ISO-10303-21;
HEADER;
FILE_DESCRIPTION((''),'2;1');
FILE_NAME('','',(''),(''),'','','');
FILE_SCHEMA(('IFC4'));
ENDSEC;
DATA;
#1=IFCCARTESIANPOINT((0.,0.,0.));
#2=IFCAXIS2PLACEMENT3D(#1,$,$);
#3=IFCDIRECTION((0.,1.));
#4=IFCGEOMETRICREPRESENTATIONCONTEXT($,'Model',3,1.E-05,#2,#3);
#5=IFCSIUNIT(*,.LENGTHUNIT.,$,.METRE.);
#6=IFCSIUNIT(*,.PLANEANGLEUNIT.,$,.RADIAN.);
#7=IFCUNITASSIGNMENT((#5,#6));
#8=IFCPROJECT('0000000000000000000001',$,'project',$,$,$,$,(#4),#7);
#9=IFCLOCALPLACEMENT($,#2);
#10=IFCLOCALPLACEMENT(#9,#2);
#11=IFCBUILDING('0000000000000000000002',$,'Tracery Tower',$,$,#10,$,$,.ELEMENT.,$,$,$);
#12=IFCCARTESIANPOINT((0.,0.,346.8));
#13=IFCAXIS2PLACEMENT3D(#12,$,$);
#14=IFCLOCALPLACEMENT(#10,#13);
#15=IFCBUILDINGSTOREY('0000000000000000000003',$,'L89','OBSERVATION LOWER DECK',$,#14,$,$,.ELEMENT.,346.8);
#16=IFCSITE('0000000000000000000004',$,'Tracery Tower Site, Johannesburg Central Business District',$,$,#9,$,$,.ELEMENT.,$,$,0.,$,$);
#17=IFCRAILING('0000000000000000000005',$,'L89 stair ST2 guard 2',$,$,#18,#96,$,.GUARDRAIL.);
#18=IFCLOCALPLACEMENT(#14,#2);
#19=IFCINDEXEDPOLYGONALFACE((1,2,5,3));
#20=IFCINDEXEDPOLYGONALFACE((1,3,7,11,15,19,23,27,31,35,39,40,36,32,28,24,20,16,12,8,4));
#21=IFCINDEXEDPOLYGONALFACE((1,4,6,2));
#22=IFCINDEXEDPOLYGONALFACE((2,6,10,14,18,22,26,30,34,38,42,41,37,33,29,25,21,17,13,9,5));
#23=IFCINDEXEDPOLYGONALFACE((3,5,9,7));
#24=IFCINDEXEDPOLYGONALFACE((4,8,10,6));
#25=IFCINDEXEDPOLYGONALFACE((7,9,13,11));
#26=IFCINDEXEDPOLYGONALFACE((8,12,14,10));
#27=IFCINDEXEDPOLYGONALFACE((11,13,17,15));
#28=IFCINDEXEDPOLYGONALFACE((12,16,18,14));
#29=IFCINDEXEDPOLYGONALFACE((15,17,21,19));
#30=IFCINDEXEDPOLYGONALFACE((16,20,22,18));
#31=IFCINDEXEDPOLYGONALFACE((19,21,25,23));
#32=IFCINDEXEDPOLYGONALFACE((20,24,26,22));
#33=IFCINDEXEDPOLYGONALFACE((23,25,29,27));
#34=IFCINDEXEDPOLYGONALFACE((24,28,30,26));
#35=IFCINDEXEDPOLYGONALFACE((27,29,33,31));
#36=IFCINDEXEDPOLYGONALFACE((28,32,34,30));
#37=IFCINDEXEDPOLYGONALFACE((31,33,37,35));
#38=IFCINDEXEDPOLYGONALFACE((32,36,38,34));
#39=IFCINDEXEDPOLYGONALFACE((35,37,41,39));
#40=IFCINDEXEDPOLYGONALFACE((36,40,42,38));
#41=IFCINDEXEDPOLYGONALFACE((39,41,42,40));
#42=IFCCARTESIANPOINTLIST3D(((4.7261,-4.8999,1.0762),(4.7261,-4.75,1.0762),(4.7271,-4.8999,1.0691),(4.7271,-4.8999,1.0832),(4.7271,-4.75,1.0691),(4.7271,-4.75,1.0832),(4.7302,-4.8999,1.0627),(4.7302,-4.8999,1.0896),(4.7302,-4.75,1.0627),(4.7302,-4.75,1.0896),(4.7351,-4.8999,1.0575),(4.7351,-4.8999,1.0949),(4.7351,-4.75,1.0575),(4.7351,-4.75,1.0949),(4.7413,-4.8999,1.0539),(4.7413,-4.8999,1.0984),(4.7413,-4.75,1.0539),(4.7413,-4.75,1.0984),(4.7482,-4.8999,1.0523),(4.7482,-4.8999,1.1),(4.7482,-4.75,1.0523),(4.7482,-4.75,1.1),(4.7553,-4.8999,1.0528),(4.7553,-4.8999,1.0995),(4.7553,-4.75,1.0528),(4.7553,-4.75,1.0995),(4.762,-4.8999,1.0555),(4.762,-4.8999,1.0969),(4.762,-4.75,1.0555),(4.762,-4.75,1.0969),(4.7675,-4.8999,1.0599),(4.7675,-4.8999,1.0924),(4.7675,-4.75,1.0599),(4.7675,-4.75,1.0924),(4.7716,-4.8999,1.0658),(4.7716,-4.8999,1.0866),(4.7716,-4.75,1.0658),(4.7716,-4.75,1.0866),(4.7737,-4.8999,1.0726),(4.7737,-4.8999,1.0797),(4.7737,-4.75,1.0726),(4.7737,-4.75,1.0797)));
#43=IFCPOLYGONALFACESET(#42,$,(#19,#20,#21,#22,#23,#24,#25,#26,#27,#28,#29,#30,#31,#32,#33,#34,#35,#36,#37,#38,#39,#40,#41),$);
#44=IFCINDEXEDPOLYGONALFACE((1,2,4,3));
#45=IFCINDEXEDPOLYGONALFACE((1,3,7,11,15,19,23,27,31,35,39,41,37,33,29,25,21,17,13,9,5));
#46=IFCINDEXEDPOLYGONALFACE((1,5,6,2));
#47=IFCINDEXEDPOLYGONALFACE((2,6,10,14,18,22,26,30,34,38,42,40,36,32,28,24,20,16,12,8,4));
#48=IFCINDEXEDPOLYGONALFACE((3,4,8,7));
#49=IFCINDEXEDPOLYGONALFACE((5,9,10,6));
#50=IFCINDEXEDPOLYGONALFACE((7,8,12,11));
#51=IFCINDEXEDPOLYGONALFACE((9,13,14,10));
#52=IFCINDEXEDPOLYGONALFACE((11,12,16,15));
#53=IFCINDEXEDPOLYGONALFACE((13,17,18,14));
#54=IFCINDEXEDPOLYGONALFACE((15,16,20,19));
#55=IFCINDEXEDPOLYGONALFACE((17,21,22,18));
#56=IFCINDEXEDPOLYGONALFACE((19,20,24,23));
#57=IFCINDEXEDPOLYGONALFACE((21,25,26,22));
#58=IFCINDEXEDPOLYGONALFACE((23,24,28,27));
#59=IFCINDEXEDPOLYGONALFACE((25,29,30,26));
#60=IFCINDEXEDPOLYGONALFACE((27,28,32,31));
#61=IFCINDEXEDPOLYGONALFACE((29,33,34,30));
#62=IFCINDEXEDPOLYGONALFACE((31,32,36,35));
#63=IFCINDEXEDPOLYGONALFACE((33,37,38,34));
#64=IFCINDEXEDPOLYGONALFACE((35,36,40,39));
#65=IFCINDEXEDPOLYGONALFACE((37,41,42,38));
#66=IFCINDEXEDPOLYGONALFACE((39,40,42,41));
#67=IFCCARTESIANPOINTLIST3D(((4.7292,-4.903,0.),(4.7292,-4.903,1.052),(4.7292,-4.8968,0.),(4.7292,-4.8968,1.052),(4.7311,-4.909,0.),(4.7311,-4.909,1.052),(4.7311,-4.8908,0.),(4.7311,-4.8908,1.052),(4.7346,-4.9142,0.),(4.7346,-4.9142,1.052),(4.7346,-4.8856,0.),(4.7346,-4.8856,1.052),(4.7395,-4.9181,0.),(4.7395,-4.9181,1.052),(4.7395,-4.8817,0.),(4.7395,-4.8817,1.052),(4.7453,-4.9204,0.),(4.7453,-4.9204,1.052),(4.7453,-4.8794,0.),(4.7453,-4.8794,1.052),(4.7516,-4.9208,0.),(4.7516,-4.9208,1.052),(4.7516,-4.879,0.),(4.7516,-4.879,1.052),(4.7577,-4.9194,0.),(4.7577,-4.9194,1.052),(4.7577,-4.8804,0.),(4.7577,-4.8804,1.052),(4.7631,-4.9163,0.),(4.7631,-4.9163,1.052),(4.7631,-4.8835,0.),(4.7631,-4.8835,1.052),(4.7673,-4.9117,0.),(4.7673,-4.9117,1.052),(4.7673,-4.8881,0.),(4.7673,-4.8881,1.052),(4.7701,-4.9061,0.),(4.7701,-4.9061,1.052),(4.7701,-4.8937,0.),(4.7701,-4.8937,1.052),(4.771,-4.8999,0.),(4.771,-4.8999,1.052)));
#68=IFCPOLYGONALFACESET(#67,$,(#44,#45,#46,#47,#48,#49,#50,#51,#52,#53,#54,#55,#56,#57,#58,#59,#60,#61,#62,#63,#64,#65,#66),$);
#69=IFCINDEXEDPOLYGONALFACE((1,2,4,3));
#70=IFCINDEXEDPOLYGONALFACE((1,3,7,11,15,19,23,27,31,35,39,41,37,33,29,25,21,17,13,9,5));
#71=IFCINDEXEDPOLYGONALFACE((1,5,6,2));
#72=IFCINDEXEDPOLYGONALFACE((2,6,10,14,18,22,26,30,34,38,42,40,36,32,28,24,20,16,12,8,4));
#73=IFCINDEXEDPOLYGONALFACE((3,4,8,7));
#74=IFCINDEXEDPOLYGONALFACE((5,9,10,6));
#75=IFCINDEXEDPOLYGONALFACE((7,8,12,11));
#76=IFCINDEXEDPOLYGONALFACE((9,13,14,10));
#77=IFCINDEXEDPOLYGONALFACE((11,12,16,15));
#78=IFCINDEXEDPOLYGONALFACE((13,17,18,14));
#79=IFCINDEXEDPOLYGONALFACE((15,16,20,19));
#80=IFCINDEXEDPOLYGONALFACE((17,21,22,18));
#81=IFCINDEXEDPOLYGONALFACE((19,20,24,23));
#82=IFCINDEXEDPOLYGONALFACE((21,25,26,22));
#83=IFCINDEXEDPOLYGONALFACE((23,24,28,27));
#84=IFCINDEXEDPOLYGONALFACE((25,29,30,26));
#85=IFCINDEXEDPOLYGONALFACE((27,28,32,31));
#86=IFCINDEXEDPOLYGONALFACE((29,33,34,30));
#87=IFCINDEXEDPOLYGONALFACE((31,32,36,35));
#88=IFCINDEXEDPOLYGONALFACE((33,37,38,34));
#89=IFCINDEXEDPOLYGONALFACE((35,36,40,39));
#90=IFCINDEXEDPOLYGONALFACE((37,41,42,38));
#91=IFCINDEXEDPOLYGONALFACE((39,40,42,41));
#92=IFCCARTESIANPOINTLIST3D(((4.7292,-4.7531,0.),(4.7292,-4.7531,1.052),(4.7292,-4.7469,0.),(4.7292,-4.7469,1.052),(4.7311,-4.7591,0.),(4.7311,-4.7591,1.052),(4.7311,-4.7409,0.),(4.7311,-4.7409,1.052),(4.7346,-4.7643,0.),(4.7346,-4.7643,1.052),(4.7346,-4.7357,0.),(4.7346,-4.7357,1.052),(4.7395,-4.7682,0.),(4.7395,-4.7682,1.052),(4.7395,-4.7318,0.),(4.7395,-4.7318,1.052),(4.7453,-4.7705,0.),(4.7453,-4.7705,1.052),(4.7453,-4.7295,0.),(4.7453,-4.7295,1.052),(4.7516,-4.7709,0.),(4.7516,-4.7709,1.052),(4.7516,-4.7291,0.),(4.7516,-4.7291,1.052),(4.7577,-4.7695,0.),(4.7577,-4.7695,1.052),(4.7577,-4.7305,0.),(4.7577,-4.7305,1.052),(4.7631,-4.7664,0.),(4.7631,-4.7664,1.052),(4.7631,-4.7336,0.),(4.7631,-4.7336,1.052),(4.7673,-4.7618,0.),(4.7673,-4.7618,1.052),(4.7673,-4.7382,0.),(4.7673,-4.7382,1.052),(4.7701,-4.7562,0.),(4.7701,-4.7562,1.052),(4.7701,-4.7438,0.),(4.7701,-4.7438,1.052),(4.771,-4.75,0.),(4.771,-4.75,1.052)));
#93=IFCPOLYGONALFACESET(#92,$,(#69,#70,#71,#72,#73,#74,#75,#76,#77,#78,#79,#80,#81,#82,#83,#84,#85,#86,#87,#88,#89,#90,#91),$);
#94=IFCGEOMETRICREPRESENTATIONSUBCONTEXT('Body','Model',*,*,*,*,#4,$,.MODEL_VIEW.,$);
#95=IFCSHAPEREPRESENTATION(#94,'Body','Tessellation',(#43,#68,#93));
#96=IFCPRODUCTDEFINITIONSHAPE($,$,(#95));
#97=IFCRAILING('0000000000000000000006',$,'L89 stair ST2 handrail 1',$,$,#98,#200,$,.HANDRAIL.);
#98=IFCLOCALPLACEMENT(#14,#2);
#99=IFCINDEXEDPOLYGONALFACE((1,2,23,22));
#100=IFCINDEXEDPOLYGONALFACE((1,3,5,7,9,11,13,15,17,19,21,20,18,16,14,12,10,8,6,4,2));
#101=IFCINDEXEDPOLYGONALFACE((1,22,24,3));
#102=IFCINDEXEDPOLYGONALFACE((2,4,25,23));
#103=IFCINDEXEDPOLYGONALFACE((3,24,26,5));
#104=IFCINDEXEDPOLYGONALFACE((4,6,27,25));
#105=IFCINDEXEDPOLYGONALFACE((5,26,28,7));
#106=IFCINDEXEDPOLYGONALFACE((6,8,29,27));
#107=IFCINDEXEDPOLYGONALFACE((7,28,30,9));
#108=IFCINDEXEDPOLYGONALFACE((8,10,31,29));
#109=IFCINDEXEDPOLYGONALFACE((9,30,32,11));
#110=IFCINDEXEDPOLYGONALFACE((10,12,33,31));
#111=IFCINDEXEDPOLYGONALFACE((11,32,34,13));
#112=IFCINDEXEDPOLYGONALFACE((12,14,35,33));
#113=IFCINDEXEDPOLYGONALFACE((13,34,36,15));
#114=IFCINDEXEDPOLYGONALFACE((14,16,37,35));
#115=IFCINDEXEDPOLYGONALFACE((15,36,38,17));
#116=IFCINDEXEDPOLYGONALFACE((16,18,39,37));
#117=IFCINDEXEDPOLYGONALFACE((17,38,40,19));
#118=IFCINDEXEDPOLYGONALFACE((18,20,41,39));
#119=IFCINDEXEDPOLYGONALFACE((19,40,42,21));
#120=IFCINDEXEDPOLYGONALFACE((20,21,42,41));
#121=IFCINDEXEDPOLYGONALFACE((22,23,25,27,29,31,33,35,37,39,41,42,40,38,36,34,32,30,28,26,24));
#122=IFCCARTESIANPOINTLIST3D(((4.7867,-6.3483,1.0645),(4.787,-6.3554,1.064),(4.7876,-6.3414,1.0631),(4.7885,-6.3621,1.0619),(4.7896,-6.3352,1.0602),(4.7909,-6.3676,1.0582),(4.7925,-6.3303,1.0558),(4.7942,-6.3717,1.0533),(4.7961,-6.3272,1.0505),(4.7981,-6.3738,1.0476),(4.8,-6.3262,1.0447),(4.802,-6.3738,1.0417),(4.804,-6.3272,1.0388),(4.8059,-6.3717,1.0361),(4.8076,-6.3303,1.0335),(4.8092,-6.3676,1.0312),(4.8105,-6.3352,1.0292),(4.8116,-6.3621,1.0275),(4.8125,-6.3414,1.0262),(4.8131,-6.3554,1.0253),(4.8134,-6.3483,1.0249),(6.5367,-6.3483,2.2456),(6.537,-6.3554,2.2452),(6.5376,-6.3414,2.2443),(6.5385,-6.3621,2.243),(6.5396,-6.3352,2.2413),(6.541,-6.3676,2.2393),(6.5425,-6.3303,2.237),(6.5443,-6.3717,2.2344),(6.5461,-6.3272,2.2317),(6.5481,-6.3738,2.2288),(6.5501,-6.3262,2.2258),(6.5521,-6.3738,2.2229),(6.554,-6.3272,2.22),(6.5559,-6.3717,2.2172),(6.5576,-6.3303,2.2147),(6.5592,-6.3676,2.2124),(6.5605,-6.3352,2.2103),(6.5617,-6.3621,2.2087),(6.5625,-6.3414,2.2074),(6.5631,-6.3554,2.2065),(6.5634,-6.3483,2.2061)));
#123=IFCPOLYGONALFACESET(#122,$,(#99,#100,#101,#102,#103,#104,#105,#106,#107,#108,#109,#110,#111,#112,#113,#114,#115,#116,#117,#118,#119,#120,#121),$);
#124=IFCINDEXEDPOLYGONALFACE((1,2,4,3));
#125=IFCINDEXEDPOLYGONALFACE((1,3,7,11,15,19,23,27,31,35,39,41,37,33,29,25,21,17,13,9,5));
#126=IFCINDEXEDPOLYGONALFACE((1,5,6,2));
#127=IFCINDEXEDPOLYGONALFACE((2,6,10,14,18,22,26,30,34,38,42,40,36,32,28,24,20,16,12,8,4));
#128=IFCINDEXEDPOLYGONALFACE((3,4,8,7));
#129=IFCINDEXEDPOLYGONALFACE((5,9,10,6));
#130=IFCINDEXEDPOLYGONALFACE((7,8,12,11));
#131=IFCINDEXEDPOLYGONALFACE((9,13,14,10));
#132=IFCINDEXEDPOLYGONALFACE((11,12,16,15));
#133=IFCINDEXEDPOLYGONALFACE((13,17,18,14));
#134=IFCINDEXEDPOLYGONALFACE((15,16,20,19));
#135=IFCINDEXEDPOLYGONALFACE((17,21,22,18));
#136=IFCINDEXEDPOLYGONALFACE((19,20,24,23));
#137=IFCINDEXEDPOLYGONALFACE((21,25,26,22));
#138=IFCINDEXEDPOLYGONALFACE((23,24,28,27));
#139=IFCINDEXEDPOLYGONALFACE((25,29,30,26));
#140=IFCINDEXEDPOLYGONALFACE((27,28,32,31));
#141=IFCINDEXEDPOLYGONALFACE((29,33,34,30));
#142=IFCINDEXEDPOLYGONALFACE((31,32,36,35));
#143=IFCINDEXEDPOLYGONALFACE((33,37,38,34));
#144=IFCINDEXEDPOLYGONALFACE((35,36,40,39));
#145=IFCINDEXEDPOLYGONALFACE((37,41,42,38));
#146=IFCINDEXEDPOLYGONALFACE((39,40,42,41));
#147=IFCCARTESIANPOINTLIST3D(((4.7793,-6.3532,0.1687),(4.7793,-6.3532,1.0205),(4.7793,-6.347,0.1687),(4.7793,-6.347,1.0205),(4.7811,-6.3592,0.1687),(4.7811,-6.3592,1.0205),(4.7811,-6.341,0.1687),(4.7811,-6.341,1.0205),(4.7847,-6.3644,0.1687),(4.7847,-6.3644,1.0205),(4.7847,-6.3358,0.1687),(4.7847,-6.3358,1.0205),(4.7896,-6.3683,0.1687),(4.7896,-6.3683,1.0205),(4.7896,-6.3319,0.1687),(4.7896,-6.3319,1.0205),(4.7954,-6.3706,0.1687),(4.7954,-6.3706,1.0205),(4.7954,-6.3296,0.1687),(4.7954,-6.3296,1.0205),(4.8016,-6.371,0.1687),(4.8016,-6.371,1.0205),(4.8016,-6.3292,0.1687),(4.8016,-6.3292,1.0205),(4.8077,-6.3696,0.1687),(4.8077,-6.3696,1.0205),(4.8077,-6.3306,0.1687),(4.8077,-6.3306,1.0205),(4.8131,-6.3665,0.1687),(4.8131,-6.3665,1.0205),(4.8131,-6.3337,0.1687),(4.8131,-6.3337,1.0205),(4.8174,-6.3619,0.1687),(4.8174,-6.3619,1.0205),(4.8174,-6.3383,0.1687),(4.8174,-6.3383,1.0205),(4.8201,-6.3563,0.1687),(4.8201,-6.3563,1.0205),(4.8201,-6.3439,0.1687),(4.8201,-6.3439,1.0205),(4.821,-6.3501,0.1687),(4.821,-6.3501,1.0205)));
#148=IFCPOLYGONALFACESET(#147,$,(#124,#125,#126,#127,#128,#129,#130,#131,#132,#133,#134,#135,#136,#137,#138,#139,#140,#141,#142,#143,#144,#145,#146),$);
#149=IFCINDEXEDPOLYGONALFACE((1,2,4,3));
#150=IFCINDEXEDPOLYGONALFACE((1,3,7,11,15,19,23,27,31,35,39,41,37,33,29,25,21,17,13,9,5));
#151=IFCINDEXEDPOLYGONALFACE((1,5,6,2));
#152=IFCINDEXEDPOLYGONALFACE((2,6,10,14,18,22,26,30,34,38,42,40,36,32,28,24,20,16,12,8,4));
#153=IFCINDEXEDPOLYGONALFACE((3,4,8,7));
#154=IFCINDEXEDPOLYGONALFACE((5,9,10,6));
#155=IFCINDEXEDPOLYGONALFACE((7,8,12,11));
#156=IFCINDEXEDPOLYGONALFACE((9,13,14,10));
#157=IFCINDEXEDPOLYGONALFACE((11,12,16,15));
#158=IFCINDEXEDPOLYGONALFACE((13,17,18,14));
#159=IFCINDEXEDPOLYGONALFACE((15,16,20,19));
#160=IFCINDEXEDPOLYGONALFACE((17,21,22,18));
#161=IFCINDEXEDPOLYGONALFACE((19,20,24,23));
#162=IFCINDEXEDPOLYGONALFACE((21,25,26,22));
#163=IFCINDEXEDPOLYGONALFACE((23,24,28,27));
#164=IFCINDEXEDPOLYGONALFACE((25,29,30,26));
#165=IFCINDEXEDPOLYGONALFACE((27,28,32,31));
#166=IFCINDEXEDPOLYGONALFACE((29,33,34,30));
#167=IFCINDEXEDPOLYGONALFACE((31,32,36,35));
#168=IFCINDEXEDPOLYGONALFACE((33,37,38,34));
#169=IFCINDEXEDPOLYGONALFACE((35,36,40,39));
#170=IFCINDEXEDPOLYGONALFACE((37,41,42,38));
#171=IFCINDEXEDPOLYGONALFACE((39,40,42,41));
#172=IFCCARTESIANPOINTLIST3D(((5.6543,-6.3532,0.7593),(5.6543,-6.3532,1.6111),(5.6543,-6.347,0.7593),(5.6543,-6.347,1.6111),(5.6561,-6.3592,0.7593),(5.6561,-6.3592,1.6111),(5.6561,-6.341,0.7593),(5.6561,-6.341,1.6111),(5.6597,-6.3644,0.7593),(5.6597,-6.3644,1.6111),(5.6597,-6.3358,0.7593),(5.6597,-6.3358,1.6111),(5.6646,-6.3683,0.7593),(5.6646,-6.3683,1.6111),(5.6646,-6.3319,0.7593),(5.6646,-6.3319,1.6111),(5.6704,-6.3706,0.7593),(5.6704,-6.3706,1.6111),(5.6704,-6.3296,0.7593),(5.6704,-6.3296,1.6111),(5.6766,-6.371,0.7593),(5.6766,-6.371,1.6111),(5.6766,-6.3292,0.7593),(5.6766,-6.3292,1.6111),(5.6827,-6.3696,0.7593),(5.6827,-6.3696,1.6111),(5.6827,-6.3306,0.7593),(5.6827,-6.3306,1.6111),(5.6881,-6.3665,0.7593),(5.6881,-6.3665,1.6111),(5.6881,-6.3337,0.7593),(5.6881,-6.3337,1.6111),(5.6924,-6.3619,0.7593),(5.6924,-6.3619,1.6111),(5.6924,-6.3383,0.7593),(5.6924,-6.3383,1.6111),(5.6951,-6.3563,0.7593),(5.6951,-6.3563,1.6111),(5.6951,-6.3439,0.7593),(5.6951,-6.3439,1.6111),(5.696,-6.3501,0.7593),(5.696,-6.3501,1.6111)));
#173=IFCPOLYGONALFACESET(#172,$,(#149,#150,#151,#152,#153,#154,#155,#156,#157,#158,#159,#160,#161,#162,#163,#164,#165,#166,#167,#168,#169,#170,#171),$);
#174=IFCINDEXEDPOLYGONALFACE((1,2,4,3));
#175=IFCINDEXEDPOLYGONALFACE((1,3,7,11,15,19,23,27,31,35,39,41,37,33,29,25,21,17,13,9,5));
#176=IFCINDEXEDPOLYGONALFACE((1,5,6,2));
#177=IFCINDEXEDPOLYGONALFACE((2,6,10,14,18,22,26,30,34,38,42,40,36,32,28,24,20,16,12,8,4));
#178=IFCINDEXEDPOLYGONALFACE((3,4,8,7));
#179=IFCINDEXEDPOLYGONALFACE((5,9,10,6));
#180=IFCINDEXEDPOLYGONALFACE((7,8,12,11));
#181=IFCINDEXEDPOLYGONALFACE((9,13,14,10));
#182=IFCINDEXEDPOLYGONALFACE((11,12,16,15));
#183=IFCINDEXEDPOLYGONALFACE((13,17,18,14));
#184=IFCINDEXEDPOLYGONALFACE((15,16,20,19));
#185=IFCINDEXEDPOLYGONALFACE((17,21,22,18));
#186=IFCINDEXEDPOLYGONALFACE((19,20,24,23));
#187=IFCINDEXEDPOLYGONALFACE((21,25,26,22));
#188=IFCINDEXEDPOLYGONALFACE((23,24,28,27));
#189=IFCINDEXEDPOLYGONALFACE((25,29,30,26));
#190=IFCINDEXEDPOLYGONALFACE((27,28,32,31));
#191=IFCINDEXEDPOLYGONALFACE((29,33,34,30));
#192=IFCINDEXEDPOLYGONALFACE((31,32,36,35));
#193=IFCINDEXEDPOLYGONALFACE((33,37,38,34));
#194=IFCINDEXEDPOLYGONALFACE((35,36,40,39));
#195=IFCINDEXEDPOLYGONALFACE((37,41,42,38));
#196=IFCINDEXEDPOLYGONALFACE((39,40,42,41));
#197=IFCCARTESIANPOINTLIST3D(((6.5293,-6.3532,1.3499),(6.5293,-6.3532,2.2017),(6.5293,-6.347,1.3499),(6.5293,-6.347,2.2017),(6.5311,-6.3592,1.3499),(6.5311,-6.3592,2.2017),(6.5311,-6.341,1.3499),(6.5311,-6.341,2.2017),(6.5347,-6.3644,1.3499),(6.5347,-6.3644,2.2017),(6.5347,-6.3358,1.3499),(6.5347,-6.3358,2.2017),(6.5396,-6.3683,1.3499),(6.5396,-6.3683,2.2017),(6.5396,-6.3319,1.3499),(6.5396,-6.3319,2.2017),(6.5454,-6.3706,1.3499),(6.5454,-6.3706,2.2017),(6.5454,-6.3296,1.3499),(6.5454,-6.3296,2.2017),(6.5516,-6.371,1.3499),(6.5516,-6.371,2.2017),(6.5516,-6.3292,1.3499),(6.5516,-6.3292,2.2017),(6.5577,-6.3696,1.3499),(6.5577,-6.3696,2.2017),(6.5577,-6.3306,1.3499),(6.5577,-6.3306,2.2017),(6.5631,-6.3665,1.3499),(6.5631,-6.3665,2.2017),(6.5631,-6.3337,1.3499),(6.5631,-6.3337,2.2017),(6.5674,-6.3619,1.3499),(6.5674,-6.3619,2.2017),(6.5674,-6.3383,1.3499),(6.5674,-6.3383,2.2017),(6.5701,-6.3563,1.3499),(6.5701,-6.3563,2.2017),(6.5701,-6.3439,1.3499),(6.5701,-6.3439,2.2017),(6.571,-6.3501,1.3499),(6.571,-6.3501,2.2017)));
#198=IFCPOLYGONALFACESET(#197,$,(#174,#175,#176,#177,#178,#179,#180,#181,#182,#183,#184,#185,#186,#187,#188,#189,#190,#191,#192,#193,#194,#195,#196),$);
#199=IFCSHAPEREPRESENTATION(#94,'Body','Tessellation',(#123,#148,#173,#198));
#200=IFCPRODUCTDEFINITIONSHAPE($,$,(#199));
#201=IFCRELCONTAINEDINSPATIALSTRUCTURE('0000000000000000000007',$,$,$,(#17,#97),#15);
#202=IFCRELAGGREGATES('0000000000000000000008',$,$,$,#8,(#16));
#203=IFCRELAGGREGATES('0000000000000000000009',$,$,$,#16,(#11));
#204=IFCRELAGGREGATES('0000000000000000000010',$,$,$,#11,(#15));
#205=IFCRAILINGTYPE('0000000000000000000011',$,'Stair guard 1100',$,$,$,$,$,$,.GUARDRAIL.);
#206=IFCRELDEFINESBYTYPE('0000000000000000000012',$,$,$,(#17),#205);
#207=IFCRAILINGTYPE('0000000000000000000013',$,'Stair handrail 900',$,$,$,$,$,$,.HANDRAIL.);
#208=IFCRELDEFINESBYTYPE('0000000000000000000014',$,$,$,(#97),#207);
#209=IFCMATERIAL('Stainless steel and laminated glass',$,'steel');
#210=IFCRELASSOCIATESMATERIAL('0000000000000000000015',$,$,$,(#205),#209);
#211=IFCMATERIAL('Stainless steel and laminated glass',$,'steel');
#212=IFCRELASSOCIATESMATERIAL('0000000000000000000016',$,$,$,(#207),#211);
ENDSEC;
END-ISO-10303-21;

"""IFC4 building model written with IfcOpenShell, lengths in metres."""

from ifc_helpers import new_model, si_unit, direction, frame, origin, origin_2d, place, context, subcontext, project, spatial, circle, extrude, material, type_object, element, save


model = new_model("IFC4")

# Units and contexts
model_context = context("Model", 3, precision=1e-05, world=origin(), true_north=direction((0.0, 1.0)))
body_context = subcontext(model_context, "Body", "Model", "MODEL_VIEW")
ifc_project = project(units=[si_unit("LENGTHUNIT", "METRE"), si_unit("PLANEANGLEUNIT", "RADIAN")], contexts=[model_context])

# Site, building, storey
site_placement = place(None, origin())
site = spatial("IfcSite", under=ifc_project, at=site_placement, Name="Tracery Tower Site, Johannesburg Central Business District", CompositionType="ELEMENT", RefElevation=0.0)
building_placement = place(site_placement, origin())
building = spatial("IfcBuilding", under=site, at=building_placement, Name="Tracery Tower", CompositionType="ELEMENT")
storey_placement = place(building_placement, frame((0.0, 0.0, 346.8)))
storey = spatial("IfcBuildingStorey", under=building, at=storey_placement, Name="L89", Description="OBSERVATION LOWER DECK", CompositionType="ELEMENT", Elevation=346.8)

# Railings
ifc_material_1 = material(Name="Stainless steel and laminated glass", Category="steel")
railing_type_1 = type_object("IfcRailingType", Name="Stair guard 1100", PredefinedType="GUARDRAIL", material=ifc_material_1)
railing_1_placement = place(storey_placement, frame((4.75, -4.8999, 0.0)))
element("IfcRailing", 1, at=railing_1_placement, inside=storey, type_object=railing_type_1, Name="L89 stair ST2 guard 2", PredefinedType="GUARDRAIL", context=body_context, shape_type="SweptSolid", body=[
    extrude(circle(Radius=0.0239, at=origin_2d()), frame((0.0, 0.0, 1.0762), z_axis=(0.0, 1.0, 0.0), x_axis=(-1.0, 0.0, 0.0)), (0.0, 0.0, 1.0), 0.1499),
    extrude(circle(Radius=0.021, at=origin_2d()), origin(), (0.0, 0.0, 1.0), 1.052),
    extrude(circle(Radius=0.021, at=origin_2d()), frame((0.0, 0.1499, 0.0)), (0.0, 0.0, 1.0), 1.052),
])
ifc_material_2 = material(Name="Stainless steel and laminated glass", Category="steel")
railing_type_2 = type_object("IfcRailingType", Name="Stair handrail 900", PredefinedType="HANDRAIL", material=ifc_material_2)
railing_2_placement = place(storey_placement, frame((4.8, -6.3501, 0.1687)))
element("IfcRailing", 2, at=railing_2_placement, inside=storey, type_object=railing_type_2, Name="L89 stair ST2 handrail 1", PredefinedType="HANDRAIL", context=body_context, shape_type="SweptSolid", body=[
    extrude(circle(Radius=0.0239, at=origin_2d()), frame((0.0, 0.0, 0.876), z_axis=(0.82887, 0.0, 0.559441), x_axis=(0.0, 1.0, 0.0)), (0.0, 0.0, 1.0), 2.1113),
    extrude(circle(Radius=0.021, at=origin_2d()), origin(), (0.0, 0.0, 1.0), 0.8518),
    extrude(circle(Radius=0.021, at=origin_2d()), frame((0.875, 0.0, 0.5906)), (0.0, 0.0, 1.0), 0.8518),
    extrude(circle(Radius=0.021, at=origin_2d()), frame((1.75, 0.0, 1.1812)), (0.0, 0.0, 1.0), 0.8518),
])

save(model, "model.ifc")
